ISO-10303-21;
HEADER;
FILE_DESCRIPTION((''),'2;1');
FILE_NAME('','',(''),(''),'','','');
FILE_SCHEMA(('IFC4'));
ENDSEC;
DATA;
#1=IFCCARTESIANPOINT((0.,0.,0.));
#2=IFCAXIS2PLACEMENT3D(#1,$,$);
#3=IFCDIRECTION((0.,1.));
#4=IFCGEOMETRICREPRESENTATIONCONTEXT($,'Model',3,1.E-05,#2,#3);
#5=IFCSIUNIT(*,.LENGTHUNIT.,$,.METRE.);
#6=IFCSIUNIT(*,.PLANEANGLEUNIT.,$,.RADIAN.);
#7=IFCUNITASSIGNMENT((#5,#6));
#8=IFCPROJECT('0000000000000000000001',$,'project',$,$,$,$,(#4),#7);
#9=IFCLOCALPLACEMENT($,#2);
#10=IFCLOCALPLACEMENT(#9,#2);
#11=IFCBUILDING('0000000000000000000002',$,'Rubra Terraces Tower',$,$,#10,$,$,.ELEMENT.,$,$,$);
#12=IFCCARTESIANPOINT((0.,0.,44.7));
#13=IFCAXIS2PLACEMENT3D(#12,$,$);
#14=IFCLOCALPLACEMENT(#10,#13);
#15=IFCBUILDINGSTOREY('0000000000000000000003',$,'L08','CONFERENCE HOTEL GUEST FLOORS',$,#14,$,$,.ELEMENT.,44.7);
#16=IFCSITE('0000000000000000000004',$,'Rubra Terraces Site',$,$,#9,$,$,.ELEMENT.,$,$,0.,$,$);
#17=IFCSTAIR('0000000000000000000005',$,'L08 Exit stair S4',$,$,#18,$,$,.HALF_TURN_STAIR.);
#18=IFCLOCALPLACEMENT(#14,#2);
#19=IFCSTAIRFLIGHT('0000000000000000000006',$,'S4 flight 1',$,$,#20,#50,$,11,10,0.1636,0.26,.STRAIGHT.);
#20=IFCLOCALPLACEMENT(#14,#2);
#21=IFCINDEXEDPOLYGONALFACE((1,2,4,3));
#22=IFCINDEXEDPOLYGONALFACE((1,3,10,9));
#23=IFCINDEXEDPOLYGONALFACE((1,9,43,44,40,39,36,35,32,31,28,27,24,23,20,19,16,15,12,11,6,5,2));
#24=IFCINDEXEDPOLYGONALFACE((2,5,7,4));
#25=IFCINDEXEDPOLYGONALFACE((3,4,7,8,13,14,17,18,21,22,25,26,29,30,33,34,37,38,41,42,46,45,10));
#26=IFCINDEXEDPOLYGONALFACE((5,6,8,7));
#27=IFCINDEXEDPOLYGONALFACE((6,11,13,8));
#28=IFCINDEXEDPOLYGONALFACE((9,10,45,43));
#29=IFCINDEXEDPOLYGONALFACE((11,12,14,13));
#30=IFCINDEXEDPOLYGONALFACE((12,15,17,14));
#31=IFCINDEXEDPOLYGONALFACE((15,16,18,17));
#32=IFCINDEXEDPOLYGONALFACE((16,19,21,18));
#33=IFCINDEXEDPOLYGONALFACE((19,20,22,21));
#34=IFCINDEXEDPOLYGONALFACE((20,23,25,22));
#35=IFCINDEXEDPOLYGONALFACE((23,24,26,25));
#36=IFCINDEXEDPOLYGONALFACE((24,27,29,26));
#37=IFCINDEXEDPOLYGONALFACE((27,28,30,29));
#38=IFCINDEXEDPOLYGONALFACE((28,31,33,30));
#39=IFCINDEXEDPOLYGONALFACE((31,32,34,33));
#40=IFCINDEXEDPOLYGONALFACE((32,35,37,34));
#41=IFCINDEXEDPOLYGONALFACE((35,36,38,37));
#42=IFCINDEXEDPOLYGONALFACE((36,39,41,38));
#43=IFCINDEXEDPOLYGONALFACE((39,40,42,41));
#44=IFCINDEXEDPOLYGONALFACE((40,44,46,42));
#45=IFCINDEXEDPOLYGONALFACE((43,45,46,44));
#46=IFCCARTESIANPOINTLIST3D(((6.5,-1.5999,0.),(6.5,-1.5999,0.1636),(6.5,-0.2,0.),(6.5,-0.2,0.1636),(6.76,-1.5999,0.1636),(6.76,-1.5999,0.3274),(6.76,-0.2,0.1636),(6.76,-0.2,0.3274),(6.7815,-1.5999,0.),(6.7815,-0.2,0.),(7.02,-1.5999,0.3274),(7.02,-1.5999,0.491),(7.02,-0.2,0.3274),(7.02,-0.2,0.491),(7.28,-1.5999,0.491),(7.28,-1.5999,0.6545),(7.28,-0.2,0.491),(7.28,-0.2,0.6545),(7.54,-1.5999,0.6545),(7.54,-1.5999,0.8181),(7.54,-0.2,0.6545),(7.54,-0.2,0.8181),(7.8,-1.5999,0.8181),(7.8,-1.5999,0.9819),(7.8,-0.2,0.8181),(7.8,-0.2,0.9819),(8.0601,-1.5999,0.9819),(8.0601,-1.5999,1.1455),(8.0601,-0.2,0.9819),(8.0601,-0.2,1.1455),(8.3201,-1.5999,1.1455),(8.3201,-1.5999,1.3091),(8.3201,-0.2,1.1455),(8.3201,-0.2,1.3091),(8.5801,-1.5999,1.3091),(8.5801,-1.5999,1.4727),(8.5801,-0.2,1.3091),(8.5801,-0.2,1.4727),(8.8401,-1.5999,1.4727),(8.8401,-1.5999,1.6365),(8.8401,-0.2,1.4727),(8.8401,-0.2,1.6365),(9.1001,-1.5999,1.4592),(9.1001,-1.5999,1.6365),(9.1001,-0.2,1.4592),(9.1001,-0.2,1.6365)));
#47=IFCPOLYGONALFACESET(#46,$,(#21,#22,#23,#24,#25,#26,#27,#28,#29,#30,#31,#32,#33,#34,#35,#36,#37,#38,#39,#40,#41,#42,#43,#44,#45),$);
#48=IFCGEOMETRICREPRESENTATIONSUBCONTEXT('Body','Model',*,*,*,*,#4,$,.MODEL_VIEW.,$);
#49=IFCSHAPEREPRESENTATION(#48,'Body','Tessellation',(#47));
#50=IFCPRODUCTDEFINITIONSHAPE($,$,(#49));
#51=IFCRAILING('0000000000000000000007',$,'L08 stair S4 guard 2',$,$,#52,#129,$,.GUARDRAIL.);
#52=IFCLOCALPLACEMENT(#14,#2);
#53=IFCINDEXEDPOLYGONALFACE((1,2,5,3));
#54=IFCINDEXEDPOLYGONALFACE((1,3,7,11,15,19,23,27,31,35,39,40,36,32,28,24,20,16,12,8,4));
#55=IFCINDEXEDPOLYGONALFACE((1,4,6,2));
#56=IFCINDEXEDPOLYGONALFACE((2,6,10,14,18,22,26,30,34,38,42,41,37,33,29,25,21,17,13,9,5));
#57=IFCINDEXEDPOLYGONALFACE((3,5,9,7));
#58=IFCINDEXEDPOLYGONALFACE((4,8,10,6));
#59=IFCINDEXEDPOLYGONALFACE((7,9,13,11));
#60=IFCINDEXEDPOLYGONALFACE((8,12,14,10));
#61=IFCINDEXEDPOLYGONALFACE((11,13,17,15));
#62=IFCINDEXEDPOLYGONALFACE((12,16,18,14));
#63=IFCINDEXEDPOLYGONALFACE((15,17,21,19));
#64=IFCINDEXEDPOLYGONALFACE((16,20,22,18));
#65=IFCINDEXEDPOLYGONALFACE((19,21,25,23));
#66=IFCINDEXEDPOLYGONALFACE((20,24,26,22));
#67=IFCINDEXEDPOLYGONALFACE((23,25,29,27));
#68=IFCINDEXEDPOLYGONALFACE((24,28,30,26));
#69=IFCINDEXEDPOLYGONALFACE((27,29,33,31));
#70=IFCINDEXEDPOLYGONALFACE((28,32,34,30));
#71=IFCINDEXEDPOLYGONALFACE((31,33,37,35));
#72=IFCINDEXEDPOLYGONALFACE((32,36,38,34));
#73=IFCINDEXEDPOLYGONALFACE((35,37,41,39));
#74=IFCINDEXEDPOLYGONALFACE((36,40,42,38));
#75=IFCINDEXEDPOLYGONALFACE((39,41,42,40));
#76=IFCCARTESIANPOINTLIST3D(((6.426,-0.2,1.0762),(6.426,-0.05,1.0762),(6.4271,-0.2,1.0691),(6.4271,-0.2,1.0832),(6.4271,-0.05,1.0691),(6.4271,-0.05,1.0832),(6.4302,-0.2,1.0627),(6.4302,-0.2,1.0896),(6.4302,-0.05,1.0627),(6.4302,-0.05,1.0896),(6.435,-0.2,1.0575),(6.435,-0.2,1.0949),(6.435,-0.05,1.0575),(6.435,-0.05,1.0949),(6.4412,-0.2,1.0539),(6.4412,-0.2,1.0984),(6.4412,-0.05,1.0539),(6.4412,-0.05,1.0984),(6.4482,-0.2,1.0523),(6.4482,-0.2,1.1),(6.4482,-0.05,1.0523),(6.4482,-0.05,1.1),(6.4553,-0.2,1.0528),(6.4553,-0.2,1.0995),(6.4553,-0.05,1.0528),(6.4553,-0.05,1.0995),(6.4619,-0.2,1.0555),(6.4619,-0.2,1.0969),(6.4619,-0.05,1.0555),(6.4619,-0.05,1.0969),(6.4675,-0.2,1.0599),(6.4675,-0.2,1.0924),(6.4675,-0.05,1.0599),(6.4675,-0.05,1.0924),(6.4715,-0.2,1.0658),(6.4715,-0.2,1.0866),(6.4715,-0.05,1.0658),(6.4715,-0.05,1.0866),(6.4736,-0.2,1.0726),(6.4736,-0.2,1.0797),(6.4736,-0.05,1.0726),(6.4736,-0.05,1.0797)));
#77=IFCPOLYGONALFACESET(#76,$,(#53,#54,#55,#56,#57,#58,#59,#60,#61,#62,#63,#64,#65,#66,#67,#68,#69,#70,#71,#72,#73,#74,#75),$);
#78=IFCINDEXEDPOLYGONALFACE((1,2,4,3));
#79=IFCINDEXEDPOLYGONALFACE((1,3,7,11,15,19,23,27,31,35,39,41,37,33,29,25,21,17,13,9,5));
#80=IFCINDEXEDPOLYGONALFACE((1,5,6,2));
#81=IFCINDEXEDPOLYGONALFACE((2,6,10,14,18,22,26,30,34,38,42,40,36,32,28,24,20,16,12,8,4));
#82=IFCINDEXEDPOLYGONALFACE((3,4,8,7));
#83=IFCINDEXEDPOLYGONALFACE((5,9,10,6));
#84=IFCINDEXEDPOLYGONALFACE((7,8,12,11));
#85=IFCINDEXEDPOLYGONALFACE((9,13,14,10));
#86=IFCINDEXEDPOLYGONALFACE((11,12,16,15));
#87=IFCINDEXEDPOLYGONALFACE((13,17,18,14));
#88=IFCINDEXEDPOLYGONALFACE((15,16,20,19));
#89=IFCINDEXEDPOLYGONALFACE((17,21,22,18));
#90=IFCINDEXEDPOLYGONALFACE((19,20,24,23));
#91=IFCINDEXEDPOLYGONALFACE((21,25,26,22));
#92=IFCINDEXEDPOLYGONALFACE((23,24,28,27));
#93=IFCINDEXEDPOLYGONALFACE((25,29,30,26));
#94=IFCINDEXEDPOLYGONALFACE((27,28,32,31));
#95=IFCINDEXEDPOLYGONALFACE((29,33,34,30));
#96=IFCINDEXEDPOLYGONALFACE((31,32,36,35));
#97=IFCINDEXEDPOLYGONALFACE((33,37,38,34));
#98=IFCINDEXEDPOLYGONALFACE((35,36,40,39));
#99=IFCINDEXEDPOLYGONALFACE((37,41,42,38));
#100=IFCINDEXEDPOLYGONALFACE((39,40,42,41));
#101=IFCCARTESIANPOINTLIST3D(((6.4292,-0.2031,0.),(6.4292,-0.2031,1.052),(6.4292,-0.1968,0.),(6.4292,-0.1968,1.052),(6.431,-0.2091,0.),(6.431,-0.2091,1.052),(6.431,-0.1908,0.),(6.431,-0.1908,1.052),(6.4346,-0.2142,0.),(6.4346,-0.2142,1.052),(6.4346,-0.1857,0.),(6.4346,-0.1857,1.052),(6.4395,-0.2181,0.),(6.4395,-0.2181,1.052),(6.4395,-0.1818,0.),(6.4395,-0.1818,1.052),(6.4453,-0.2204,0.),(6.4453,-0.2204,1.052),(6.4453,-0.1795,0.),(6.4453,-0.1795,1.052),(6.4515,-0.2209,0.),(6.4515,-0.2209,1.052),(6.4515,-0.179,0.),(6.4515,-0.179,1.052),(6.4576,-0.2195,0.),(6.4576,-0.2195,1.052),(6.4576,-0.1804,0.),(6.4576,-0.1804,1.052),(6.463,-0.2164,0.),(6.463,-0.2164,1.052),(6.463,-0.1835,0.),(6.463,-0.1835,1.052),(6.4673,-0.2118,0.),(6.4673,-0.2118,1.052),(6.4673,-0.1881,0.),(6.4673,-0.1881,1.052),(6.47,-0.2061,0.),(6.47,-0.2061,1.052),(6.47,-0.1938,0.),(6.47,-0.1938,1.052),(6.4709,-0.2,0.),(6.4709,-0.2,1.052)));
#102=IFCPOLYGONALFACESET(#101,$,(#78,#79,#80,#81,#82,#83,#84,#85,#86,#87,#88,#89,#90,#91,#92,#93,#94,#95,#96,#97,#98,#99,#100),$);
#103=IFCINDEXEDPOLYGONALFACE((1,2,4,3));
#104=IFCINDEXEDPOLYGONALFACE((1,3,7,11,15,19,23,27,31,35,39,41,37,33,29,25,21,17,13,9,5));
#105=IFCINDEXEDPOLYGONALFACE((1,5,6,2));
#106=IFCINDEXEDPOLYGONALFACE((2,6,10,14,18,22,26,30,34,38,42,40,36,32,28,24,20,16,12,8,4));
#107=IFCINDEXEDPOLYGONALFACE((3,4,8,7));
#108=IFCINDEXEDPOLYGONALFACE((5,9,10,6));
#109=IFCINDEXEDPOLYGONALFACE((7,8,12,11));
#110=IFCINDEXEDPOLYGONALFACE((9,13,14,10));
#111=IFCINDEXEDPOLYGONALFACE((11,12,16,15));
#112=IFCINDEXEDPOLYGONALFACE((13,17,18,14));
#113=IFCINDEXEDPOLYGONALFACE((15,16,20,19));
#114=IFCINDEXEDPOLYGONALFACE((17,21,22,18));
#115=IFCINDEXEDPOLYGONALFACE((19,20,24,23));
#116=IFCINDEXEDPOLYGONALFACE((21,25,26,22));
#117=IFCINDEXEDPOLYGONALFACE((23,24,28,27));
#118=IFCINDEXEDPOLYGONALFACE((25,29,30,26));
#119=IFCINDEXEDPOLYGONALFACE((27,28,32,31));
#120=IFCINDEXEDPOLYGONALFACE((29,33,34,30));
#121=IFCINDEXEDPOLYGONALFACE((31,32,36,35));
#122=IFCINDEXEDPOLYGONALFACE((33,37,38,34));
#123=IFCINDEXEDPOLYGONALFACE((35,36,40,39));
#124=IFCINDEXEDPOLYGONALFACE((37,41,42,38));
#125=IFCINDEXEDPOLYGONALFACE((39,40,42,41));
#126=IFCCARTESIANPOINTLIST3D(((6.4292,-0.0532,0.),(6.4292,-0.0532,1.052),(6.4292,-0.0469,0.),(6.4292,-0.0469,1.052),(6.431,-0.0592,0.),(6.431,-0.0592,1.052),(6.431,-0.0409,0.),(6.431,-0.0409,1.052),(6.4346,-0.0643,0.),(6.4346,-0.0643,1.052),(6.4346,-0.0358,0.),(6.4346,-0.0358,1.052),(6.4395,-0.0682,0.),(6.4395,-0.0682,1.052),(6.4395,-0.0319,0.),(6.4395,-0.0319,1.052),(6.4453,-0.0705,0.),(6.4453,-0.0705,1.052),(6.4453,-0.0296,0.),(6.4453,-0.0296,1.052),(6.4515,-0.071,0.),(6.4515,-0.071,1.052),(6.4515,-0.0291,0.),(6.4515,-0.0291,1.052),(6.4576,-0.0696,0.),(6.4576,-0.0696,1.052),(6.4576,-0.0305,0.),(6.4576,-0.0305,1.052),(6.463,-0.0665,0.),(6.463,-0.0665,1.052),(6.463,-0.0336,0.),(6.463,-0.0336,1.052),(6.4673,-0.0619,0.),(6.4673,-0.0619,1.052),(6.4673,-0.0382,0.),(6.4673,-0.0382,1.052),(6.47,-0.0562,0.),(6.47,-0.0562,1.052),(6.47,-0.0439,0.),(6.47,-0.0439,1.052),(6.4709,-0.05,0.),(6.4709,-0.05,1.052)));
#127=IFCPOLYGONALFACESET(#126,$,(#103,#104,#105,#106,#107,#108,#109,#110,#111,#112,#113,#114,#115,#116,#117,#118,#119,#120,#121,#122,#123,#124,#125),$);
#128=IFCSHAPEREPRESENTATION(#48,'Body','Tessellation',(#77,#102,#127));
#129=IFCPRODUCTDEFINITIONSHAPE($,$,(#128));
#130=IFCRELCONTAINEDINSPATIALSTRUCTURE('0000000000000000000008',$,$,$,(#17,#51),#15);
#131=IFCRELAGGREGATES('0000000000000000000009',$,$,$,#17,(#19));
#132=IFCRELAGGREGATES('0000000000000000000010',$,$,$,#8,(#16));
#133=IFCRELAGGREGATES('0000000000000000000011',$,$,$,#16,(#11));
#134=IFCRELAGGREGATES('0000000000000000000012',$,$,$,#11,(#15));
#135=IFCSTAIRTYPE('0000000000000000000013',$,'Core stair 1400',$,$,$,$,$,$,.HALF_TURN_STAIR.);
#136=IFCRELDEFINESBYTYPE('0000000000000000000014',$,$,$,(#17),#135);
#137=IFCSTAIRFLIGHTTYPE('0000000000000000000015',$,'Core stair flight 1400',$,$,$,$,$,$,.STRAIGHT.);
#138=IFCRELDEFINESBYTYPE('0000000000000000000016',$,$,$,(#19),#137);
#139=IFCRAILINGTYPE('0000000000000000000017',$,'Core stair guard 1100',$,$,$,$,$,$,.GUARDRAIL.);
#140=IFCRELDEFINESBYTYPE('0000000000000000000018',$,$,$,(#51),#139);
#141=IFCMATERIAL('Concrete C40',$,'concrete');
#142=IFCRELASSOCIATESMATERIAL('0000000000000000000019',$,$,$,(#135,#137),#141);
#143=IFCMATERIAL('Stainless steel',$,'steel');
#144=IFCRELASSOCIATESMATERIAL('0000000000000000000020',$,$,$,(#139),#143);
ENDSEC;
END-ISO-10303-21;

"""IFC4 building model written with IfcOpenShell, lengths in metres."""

from ifc_helpers import new_model, si_unit, direction, frame, origin, origin_2d, place, context, subcontext, project, spatial, polyline, circle, outline, extrude, material, type_object, element, aggregate, save


model = new_model("IFC4")

# Units and contexts
model_context = context("Model", 3, precision=1e-05, world=origin(), true_north=direction((0.0, 1.0)))
body_context = subcontext(model_context, "Body", "Model", "MODEL_VIEW")
ifc_project = project(units=[si_unit("LENGTHUNIT", "METRE"), si_unit("PLANEANGLEUNIT", "RADIAN")], contexts=[model_context])

# Site, building, storey
site_placement = place(None, origin())
site = spatial("IfcSite", under=ifc_project, at=site_placement, Name="Rubra Terraces Site", CompositionType="ELEMENT", RefElevation=0.0)
building_placement = place(site_placement, origin())
building = spatial("IfcBuilding", under=site, at=building_placement, Name="Rubra Terraces Tower", CompositionType="ELEMENT")
storey_placement = place(building_placement, frame((0.0, 0.0, 44.7)))
storey = spatial("IfcBuildingStorey", under=building, at=storey_placement, Name="L08", Description="CONFERENCE HOTEL GUEST FLOORS", CompositionType="ELEMENT", Elevation=44.7)

# Shared definitions
ifc_material_1 = material(Name="Concrete C40", Category="concrete")
stair_type = type_object("IfcStairType", Name="Core stair 1400", PredefinedType="HALF_TURN_STAIR", material=ifc_material_1)

# Stair, stair flight
stair_1_placement = place(storey_placement, origin())
stair_1 = element("IfcStair", 1, at=stair_1_placement, inside=storey, type_object=stair_type, Name="L08 Exit stair S4", PredefinedType="HALF_TURN_STAIR")
stair_flight_type = type_object("IfcStairFlightType", Name="Core stair flight 1400", PredefinedType="STRAIGHT", material=ifc_material_1)
stair_flight_placement = place(storey_placement, frame((6.5, -0.8999, 0.0), z_axis=(0.0, 0.0, 1.0), x_axis=(1.0, 0.0, 0.0)))
stair_flight = element("IfcStairFlight", 2, at=stair_flight_placement, type_object=stair_flight_type, Name="S4 flight 1", NumberOfRisers=11, NumberOfTreads=10, PredefinedType="STRAIGHT", RiserHeight=0.1636, TreadLength=0.26, context=body_context, shape_type="SweptSolid", body=[
    extrude(outline(polyline([(0.0, 0.0), (0.0, 0.1636), (0.26, 0.1636), (0.26, 0.3274), (0.52, 0.3274), (0.52, 0.491), (0.78, 0.491), (0.78, 0.6545), (1.04, 0.6545), (1.04, 0.8181), (1.3, 0.8181), (1.3, 0.9819), (1.5601, 0.9819), (1.5601, 1.1455), (1.8201, 1.1455), (1.8201, 1.3091), (2.0801, 1.3091), (2.0801, 1.4727), (2.3401, 1.4727), (2.3401, 1.6365), (2.6001, 1.6365), (2.6001, 1.8), (2.6001, 1.4592), (0.2815, 0.0), (0.0, 0.0)])), frame((0.0, 0.7, 0.0), z_axis=(0.0, -1.0, 0.0), x_axis=(1.0, 0.0, 0.0)), (0.0, 0.0, 1.0), 1.3999),
])
aggregate(stair_1, [stair_flight])

# Railing
ifc_material_2 = material(Name="Stainless steel", Category="steel")
railing_type_1 = type_object("IfcRailingType", Name="Core stair guard 1100", PredefinedType="GUARDRAIL", material=ifc_material_2)
railing_1_placement = place(storey_placement, frame((6.45, -0.2, 0.0)))
element("IfcRailing", 3, at=railing_1_placement, inside=storey, type_object=railing_type_1, Name="L08 stair S4 guard 2", PredefinedType="GUARDRAIL", context=body_context, shape_type="SweptSolid", body=[
    extrude(circle(Radius=0.0239, at=origin_2d()), frame((0.0, 0.0, 1.0762), z_axis=(0.0, 1.0, 0.0), x_axis=(-1.0, 0.0, 0.0)), (0.0, 0.0, 1.0), 0.1499),
    extrude(circle(Radius=0.021, at=origin_2d()), origin(), (0.0, 0.0, 1.0), 1.052),
    extrude(circle(Radius=0.021, at=origin_2d()), frame((0.0, 0.1499, 0.0)), (0.0, 0.0, 1.0), 1.052),
])

save(model, "model.ifc")
